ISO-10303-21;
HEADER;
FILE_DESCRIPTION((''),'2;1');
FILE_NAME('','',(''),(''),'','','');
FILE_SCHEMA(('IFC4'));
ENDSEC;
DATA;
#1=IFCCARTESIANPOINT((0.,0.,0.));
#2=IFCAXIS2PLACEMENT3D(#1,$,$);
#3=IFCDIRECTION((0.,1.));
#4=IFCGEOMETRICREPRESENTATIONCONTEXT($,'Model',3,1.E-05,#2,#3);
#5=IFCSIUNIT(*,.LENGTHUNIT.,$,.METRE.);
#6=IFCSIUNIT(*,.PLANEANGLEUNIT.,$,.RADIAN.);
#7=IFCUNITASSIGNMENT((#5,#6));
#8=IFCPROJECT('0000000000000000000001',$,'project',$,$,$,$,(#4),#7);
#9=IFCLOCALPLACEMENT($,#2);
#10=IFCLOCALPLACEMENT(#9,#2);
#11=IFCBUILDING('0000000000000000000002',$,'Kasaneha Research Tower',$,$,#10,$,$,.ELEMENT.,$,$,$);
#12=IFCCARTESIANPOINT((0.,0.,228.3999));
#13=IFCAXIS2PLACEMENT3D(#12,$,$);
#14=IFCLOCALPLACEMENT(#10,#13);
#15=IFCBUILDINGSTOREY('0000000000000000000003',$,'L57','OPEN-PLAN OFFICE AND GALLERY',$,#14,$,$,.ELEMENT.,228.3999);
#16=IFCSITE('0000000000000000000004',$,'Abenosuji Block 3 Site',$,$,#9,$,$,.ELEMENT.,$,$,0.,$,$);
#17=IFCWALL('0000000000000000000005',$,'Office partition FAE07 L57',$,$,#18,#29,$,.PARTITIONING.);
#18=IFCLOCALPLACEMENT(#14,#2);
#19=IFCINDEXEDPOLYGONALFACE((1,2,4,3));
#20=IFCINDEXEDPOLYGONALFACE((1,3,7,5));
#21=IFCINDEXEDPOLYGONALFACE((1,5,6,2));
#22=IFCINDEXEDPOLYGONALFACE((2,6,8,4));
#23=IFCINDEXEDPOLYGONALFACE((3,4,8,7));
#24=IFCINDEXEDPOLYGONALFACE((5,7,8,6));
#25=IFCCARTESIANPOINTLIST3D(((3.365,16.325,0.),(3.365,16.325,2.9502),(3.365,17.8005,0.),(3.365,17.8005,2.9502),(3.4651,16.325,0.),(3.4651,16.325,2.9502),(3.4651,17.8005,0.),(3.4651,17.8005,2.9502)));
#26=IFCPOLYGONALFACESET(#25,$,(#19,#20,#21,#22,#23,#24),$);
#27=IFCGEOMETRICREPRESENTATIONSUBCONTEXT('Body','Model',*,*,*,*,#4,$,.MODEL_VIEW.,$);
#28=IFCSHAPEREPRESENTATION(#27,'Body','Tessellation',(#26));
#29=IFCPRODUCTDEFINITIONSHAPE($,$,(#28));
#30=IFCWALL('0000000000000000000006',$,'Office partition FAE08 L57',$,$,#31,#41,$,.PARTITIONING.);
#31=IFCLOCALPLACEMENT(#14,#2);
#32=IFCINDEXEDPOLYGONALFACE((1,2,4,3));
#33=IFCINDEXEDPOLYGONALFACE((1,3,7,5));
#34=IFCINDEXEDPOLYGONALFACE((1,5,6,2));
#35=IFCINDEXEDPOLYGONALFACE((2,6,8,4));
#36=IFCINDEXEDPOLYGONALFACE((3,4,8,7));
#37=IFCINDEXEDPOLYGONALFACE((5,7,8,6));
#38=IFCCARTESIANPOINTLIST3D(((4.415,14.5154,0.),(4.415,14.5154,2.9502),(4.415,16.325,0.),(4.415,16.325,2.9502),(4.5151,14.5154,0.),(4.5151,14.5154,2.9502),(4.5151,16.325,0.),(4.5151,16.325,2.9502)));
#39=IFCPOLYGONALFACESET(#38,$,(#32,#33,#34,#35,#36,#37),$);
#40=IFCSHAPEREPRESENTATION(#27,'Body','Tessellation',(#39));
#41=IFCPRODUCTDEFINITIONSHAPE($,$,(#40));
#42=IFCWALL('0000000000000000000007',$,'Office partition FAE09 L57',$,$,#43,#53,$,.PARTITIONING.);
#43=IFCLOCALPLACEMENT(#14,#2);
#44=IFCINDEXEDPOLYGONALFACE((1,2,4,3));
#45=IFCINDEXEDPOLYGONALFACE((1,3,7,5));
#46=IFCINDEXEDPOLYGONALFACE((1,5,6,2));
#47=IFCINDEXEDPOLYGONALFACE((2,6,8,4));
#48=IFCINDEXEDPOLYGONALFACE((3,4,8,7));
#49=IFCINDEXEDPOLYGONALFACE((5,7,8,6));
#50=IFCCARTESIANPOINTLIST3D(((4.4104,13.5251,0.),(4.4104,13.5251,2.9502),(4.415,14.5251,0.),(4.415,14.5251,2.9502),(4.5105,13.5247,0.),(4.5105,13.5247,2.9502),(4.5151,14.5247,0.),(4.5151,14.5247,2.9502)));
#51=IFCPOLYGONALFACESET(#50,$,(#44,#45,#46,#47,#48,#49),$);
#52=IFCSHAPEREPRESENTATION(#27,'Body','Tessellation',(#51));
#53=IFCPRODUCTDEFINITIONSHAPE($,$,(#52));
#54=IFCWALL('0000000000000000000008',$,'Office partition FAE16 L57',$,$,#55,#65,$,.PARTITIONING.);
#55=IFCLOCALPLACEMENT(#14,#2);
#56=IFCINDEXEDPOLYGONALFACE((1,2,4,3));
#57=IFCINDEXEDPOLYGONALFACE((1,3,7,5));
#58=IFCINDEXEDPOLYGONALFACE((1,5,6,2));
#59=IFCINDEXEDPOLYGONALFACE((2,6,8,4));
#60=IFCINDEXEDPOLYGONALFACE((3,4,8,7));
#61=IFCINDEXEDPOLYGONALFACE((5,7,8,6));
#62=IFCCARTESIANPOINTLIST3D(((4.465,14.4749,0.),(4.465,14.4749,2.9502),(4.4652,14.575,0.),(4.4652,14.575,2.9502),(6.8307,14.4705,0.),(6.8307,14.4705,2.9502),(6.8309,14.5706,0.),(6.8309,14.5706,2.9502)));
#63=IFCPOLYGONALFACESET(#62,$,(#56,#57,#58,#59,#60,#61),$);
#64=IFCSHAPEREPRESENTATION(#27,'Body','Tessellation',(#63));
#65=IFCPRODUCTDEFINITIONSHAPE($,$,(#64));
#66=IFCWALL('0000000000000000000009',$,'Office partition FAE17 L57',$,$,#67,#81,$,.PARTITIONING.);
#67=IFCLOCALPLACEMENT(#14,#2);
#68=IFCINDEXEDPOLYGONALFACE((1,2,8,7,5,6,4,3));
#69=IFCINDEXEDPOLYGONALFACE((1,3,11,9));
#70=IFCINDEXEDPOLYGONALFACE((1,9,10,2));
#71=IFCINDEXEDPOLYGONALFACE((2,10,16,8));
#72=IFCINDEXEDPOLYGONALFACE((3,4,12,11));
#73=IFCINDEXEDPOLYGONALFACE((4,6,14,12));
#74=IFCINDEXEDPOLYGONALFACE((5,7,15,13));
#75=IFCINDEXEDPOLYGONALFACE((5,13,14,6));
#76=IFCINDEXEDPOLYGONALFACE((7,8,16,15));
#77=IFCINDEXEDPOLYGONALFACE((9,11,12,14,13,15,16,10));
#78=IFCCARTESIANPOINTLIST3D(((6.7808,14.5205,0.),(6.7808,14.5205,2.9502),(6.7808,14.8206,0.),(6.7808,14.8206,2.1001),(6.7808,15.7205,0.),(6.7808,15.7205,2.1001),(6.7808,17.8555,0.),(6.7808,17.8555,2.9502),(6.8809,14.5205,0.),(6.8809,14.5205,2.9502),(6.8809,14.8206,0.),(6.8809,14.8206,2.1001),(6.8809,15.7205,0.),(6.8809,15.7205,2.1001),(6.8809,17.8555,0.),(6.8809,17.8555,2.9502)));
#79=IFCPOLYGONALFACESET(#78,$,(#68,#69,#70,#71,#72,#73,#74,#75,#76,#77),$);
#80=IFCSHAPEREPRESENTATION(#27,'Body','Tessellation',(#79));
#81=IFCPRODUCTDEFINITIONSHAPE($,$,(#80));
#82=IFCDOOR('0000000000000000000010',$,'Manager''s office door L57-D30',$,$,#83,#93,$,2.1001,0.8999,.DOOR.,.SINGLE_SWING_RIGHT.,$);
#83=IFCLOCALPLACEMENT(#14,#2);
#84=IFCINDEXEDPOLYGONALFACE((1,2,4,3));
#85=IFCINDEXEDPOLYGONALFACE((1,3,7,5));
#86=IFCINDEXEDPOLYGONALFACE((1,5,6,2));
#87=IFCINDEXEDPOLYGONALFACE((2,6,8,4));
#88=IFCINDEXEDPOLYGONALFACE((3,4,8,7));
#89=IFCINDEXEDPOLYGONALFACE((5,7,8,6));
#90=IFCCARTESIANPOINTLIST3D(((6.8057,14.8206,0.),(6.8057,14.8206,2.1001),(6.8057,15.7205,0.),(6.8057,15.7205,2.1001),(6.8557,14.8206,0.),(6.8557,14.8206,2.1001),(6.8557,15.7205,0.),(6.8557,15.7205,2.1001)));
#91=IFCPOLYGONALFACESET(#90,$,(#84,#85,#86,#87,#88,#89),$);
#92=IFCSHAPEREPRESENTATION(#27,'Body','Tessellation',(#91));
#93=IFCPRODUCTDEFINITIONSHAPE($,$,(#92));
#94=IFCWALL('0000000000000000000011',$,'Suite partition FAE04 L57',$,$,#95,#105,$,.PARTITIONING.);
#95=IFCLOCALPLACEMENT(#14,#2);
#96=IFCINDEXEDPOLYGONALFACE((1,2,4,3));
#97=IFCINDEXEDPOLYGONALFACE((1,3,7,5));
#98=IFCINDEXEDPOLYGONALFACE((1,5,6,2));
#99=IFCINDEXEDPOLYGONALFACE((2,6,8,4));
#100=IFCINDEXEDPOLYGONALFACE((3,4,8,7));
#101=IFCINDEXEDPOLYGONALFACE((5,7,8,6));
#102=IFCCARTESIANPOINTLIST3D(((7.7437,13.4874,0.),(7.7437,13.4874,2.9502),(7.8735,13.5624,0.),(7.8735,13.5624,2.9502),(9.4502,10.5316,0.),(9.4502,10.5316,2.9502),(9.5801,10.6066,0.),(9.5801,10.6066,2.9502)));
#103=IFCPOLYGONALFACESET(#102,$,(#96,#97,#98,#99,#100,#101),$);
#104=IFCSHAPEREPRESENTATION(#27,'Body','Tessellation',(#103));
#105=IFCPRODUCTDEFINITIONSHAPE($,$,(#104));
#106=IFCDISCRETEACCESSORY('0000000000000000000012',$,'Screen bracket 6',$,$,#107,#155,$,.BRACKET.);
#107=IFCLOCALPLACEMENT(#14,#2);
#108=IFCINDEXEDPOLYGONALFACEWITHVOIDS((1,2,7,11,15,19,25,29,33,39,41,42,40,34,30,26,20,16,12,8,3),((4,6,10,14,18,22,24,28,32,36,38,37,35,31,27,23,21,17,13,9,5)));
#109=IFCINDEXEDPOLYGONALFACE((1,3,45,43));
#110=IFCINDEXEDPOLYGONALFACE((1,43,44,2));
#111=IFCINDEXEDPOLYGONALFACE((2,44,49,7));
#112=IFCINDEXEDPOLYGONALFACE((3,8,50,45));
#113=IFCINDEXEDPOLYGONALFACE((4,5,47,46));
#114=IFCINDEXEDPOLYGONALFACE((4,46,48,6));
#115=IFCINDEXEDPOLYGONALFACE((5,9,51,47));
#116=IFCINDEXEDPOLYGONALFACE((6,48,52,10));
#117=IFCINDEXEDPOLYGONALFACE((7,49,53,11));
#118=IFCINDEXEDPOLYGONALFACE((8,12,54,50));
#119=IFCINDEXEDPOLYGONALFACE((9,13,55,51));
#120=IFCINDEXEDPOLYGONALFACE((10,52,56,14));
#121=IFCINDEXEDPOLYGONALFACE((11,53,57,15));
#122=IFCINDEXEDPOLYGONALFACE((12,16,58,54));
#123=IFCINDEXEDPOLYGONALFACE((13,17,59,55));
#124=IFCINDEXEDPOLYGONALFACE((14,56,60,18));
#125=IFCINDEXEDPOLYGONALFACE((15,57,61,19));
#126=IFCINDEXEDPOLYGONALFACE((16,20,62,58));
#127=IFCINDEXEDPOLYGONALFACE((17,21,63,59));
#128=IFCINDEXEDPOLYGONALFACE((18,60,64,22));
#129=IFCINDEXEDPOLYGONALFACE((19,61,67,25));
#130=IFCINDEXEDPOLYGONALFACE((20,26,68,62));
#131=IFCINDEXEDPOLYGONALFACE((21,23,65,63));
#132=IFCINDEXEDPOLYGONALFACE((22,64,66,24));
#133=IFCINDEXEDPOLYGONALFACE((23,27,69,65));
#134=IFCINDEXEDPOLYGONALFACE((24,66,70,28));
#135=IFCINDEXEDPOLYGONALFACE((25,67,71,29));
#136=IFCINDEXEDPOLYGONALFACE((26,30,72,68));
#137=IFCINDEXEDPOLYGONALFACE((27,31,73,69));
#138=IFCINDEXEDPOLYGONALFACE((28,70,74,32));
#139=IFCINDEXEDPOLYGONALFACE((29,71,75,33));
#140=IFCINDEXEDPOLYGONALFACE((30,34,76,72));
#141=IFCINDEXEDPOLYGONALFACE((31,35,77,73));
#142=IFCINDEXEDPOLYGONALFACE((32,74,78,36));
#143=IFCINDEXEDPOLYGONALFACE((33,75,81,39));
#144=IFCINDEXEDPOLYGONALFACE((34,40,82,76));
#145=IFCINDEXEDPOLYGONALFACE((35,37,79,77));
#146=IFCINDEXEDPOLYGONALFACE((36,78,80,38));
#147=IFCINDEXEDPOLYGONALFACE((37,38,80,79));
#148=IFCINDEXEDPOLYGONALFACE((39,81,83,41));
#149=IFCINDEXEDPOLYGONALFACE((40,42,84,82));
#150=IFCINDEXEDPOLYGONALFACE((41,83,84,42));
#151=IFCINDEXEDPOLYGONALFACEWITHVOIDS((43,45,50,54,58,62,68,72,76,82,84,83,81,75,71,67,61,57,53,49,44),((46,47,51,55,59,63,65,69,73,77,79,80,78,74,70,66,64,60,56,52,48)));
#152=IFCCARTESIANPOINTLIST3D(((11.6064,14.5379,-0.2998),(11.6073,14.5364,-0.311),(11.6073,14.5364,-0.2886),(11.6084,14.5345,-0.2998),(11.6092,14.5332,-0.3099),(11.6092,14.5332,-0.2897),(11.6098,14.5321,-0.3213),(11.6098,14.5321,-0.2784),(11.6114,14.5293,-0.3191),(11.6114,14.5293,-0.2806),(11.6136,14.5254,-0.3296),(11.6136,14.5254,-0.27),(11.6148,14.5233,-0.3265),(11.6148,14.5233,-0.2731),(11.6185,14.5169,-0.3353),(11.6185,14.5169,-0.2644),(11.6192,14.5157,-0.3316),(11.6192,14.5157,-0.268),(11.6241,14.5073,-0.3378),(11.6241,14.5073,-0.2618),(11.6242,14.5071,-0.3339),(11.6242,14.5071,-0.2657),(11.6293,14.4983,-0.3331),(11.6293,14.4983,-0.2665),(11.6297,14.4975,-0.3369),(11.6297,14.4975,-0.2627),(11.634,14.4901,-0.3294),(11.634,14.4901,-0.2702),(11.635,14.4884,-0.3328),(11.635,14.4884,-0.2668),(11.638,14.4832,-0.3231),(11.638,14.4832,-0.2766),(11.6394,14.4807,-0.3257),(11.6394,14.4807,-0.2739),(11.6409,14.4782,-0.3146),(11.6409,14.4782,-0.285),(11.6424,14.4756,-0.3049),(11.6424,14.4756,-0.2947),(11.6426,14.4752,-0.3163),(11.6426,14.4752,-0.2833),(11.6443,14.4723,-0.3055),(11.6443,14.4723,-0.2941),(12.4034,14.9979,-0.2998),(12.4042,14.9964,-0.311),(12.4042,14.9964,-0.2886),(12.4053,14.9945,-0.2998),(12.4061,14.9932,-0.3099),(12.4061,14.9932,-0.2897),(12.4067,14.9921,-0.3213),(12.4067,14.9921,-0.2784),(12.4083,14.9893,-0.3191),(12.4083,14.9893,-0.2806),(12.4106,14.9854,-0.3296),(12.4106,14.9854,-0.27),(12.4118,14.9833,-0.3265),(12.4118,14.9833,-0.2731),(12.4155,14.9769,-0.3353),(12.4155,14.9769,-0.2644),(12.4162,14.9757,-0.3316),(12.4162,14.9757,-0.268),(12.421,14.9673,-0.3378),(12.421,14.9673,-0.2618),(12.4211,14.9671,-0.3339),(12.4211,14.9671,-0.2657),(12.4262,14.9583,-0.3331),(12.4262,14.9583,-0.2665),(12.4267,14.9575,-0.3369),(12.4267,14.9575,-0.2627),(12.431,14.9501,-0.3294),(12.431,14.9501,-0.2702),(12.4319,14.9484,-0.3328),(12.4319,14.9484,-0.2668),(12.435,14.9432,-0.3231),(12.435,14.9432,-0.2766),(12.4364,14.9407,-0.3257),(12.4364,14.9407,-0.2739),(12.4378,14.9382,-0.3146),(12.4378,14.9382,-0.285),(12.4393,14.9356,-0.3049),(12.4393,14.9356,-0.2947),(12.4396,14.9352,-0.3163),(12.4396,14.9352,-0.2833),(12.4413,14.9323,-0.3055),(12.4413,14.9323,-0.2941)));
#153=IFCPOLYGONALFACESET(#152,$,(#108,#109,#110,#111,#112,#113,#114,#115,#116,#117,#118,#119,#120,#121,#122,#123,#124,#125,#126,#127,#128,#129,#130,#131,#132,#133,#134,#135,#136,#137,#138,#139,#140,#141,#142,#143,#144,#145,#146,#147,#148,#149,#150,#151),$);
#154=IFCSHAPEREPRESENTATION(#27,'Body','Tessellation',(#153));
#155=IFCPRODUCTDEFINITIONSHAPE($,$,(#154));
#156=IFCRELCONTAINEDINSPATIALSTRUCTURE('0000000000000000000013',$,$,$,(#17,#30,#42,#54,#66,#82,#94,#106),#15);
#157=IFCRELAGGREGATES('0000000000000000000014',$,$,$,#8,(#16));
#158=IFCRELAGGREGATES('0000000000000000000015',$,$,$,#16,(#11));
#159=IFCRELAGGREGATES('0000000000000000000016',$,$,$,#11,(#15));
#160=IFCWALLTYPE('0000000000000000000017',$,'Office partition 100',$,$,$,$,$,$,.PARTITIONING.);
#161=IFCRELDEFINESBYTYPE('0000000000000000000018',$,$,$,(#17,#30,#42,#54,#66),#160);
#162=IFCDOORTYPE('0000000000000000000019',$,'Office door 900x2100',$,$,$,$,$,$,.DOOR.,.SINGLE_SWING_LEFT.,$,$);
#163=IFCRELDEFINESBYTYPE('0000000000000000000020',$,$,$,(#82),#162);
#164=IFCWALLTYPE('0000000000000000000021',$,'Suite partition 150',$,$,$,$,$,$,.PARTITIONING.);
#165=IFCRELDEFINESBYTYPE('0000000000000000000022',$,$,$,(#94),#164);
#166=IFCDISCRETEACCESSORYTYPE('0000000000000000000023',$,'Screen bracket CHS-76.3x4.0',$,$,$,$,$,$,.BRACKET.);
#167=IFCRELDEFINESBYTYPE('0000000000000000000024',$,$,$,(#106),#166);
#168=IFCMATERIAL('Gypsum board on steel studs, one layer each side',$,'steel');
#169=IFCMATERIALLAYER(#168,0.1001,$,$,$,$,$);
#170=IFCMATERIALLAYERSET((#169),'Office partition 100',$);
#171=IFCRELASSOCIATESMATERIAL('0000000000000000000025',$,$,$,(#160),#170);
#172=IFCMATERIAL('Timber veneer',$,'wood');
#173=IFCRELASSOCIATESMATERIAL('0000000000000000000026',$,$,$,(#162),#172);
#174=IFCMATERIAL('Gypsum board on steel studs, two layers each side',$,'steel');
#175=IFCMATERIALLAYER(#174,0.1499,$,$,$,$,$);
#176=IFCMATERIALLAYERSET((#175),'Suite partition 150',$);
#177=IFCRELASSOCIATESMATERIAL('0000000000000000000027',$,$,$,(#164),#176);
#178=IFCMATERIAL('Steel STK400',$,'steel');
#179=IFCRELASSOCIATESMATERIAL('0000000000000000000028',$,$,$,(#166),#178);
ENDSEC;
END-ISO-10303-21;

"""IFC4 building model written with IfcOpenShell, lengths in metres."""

from ifc_helpers import new_model, si_unit, direction, frame, frame_2d, origin, origin_2d, place, context, subcontext, project, spatial, rectangle, hollow_circle, extrude, material, layer, layer_set, material_profile, profile_set, type_object, element, fill, save


model = new_model("IFC4")

# Units and contexts
model_context = context("Model", 3, precision=1e-05, world=origin(), true_north=direction((0.0, 1.0)))
body_context = subcontext(model_context, "Body", "Model", "MODEL_VIEW")
ifc_project = project(units=[si_unit("LENGTHUNIT", "METRE"), si_unit("PLANEANGLEUNIT", "RADIAN")], contexts=[model_context])

# Site, building, storey
site_placement = place(None, origin())
site = spatial("IfcSite", under=ifc_project, at=site_placement, Name="Abenosuji Block 3 Site", CompositionType="ELEMENT", RefElevation=0.0)
building_placement = place(site_placement, origin())
building = spatial("IfcBuilding", under=site, at=building_placement, Name="Kasaneha Research Tower", CompositionType="ELEMENT")
storey_placement = place(building_placement, frame((0.0, 0.0, 228.3999)))
storey = spatial("IfcBuildingStorey", under=building, at=storey_placement, Name="L57", Description="OPEN-PLAN OFFICE AND GALLERY", CompositionType="ELEMENT", Elevation=228.3999)

# Walls
ifc_material_1 = material(Name="Gypsum board on steel studs, one layer each side", Category="steel")
ifc_layer_1 = layer(ifc_material_1, 0.1001)
ifc_layer_set_1 = layer_set([ifc_layer_1], Name="Office partition 100")
wall_type_1 = type_object("IfcWallType", Name="Office partition 100", PredefinedType="PARTITIONING", material=ifc_layer_set_1)
wall_1_placement = place(storey_placement, frame((3.415, 17.8005, 0.0), z_axis=(0.0, 0.0, 1.0), x_axis=(0.0, -1.0, 0.0)))
element("IfcWall", 1, at=wall_1_placement, inside=storey, type_object=wall_type_1, Name="Office partition FAE07 L57", PredefinedType="PARTITIONING", context=body_context, shape_type="SweptSolid", body=[
    extrude(rectangle(XDim=1.4756, YDim=0.1001, at=frame_2d((0.7378, 0.0))), origin(), (0.0, 0.0, 1.0), 2.9502),
])
wall_2_placement = place(storey_placement, frame((4.4651, 16.325, 0.0), z_axis=(0.0, 0.0, 1.0), x_axis=(0.0, -1.0, 0.0)))
element("IfcWall", 2, at=wall_2_placement, inside=storey, type_object=wall_type_1, Name="Office partition FAE08 L57", PredefinedType="PARTITIONING", context=body_context, shape_type="SweptSolid", body=[
    extrude(rectangle(XDim=1.8096, YDim=0.1001, at=frame_2d((0.9048, 0.0))), origin(), (0.0, 0.0, 1.0), 2.9502),
])
wall_3_placement = place(storey_placement, frame((4.4651, 14.5249, 0.0), z_axis=(0.0, 0.0, 1.0), x_axis=(-0.004639, -0.999989, 0.0)))
element("IfcWall", 3, at=wall_3_placement, inside=storey, type_object=wall_type_1, Name="Office partition FAE09 L57", PredefinedType="PARTITIONING", context=body_context, shape_type="SweptSolid", body=[
    extrude(rectangle(XDim=1.0, YDim=0.1001, at=frame_2d((0.5, 0.0))), origin(), (0.0, 0.0, 1.0), 2.9502),
])
wall_4_placement = place(storey_placement, frame((6.8308, 14.5205, 0.0), z_axis=(0.0, 0.0, 1.0), x_axis=(-0.999998, 0.001858, 0.0)))
element("IfcWall", 4, at=wall_4_placement, inside=storey, type_object=wall_type_1, Name="Office partition FAE16 L57", PredefinedType="PARTITIONING", context=body_context, shape_type="SweptSolid", body=[
    extrude(rectangle(XDim=2.3657, YDim=0.1001, at=frame_2d((1.1829, 0.0))), origin(), (0.0, 0.0, 1.0), 2.9502),
])

# Wall, opening, door
wall_5_placement = place(storey_placement, frame((6.8308, 17.8555, 0.0), z_axis=(0.0, 0.0, 1.0), x_axis=(0.0, -1.0, 0.0)))
wall_5 = element("IfcWall", 5, at=wall_5_placement, inside=storey, type_object=wall_type_1, Name="Office partition FAE17 L57", PredefinedType="PARTITIONING", context=body_context, shape_type="SweptSolid", body=[
    extrude(rectangle(XDim=3.335, YDim=0.1001, at=frame_2d((1.6675, 0.0))), origin(), (0.0, 0.0, 1.0), 2.9502),
])
opening_placement = place(wall_5_placement, frame((2.135, 0.0, 0.0)))
opening = element("IfcOpeningElement", 6, at=opening_placement, cuts=wall_5, PredefinedType="OPENING", context=body_context, shape_type="SweptSolid", body=[
    extrude(rectangle(XDim=0.8999, YDim=2.1001, at=frame_2d((0.45, 1.05))), frame((0.0, 0.0601, 0.0), z_axis=(0.0, -1.0, 0.0), x_axis=(1.0, 0.0, 0.0)), (0.0, 0.0, 1.0), 0.1201),
])
ifc_material_2 = material(Name="Timber veneer", Category="wood")
door_type = type_object("IfcDoorType", Name="Office door 900x2100", OperationType="SINGLE_SWING_LEFT", PredefinedType="DOOR", material=ifc_material_2)
door_placement = place(opening_placement, origin())
door = element("IfcDoor", 7, at=door_placement, inside=storey, type_object=door_type, Name="Manager's office door L57-D30", OperationType="SINGLE_SWING_RIGHT", OverallHeight=2.1001, OverallWidth=0.8999, PredefinedType="DOOR", context=body_context, shape_type="SweptSolid", body=[
    extrude(rectangle(XDim=0.8999, YDim=2.1001, at=frame_2d((0.45, 1.05))), frame((0.0, 0.0249, 0.0), z_axis=(0.0, -1.0, 0.0), x_axis=(1.0, 0.0, 0.0)), (0.0, 0.0, 1.0), 0.05),
])
fill(opening, door)

# Wall
ifc_material_3 = material(Name="Gypsum board on steel studs, two layers each side", Category="steel")
ifc_layer_2 = layer(ifc_material_3, 0.1499)
ifc_layer_set_2 = layer_set([ifc_layer_2], Name="Suite partition 150")
wall_type_2 = type_object("IfcWallType", Name="Suite partition 150", PredefinedType="PARTITIONING", material=ifc_layer_set_2)
wall_6_placement = place(storey_placement, frame((7.8086, 13.5249, 0.0), z_axis=(0.0, 0.0, 1.0), x_axis=(0.500001, -0.866025, 0.0)))
element("IfcWall", 8, at=wall_6_placement, inside=storey, type_object=wall_type_2, Name="Suite partition FAE04 L57", PredefinedType="PARTITIONING", context=body_context, shape_type="SweptSolid", body=[
    extrude(rectangle(XDim=3.4131, YDim=0.1499, at=frame_2d((1.7065, 0.0))), origin(), (0.0, 0.0, 1.0), 2.9502),
])

# Discrete accessory
ifc_material_4 = material(Name="Steel STK400", Category="steel")
ifc_material_profile_1 = material_profile(ifc_material_4, hollow_circle(Radius=0.0381, WallThickness=0.0039, at=origin_2d()), Name="CHS-76.3x4.0")
ifc_profile_set_1 = profile_set([ifc_material_profile_1], Name="Steel STK400")
discrete_accessory_type = type_object("IfcDiscreteAccessoryType", Name="Screen bracket CHS-76.3x4.0", PredefinedType="BRACKET", material=ifc_profile_set_1)
for number, where, z_axis, x_axis, name in (
    (9, (11.6255, 14.5049, -0.2998), (0.86608, 0.499906, 0.0), (-0.499906, 0.86608, 0.0), "Screen bracket 6"),
):
    element("IfcDiscreteAccessory", number, at=place(storey_placement, frame(where, z_axis=z_axis, x_axis=x_axis)), inside=storey, type_object=discrete_accessory_type, Name=name, PredefinedType="BRACKET", context=body_context, shape_type="SweptSolid", body=[
        extrude(hollow_circle(Radius=0.0381, WallThickness=0.0039, at=origin_2d()), origin(), (0.0, 0.0, 1.0), 0.9202),
    ])

save(model, "model.ifc")
